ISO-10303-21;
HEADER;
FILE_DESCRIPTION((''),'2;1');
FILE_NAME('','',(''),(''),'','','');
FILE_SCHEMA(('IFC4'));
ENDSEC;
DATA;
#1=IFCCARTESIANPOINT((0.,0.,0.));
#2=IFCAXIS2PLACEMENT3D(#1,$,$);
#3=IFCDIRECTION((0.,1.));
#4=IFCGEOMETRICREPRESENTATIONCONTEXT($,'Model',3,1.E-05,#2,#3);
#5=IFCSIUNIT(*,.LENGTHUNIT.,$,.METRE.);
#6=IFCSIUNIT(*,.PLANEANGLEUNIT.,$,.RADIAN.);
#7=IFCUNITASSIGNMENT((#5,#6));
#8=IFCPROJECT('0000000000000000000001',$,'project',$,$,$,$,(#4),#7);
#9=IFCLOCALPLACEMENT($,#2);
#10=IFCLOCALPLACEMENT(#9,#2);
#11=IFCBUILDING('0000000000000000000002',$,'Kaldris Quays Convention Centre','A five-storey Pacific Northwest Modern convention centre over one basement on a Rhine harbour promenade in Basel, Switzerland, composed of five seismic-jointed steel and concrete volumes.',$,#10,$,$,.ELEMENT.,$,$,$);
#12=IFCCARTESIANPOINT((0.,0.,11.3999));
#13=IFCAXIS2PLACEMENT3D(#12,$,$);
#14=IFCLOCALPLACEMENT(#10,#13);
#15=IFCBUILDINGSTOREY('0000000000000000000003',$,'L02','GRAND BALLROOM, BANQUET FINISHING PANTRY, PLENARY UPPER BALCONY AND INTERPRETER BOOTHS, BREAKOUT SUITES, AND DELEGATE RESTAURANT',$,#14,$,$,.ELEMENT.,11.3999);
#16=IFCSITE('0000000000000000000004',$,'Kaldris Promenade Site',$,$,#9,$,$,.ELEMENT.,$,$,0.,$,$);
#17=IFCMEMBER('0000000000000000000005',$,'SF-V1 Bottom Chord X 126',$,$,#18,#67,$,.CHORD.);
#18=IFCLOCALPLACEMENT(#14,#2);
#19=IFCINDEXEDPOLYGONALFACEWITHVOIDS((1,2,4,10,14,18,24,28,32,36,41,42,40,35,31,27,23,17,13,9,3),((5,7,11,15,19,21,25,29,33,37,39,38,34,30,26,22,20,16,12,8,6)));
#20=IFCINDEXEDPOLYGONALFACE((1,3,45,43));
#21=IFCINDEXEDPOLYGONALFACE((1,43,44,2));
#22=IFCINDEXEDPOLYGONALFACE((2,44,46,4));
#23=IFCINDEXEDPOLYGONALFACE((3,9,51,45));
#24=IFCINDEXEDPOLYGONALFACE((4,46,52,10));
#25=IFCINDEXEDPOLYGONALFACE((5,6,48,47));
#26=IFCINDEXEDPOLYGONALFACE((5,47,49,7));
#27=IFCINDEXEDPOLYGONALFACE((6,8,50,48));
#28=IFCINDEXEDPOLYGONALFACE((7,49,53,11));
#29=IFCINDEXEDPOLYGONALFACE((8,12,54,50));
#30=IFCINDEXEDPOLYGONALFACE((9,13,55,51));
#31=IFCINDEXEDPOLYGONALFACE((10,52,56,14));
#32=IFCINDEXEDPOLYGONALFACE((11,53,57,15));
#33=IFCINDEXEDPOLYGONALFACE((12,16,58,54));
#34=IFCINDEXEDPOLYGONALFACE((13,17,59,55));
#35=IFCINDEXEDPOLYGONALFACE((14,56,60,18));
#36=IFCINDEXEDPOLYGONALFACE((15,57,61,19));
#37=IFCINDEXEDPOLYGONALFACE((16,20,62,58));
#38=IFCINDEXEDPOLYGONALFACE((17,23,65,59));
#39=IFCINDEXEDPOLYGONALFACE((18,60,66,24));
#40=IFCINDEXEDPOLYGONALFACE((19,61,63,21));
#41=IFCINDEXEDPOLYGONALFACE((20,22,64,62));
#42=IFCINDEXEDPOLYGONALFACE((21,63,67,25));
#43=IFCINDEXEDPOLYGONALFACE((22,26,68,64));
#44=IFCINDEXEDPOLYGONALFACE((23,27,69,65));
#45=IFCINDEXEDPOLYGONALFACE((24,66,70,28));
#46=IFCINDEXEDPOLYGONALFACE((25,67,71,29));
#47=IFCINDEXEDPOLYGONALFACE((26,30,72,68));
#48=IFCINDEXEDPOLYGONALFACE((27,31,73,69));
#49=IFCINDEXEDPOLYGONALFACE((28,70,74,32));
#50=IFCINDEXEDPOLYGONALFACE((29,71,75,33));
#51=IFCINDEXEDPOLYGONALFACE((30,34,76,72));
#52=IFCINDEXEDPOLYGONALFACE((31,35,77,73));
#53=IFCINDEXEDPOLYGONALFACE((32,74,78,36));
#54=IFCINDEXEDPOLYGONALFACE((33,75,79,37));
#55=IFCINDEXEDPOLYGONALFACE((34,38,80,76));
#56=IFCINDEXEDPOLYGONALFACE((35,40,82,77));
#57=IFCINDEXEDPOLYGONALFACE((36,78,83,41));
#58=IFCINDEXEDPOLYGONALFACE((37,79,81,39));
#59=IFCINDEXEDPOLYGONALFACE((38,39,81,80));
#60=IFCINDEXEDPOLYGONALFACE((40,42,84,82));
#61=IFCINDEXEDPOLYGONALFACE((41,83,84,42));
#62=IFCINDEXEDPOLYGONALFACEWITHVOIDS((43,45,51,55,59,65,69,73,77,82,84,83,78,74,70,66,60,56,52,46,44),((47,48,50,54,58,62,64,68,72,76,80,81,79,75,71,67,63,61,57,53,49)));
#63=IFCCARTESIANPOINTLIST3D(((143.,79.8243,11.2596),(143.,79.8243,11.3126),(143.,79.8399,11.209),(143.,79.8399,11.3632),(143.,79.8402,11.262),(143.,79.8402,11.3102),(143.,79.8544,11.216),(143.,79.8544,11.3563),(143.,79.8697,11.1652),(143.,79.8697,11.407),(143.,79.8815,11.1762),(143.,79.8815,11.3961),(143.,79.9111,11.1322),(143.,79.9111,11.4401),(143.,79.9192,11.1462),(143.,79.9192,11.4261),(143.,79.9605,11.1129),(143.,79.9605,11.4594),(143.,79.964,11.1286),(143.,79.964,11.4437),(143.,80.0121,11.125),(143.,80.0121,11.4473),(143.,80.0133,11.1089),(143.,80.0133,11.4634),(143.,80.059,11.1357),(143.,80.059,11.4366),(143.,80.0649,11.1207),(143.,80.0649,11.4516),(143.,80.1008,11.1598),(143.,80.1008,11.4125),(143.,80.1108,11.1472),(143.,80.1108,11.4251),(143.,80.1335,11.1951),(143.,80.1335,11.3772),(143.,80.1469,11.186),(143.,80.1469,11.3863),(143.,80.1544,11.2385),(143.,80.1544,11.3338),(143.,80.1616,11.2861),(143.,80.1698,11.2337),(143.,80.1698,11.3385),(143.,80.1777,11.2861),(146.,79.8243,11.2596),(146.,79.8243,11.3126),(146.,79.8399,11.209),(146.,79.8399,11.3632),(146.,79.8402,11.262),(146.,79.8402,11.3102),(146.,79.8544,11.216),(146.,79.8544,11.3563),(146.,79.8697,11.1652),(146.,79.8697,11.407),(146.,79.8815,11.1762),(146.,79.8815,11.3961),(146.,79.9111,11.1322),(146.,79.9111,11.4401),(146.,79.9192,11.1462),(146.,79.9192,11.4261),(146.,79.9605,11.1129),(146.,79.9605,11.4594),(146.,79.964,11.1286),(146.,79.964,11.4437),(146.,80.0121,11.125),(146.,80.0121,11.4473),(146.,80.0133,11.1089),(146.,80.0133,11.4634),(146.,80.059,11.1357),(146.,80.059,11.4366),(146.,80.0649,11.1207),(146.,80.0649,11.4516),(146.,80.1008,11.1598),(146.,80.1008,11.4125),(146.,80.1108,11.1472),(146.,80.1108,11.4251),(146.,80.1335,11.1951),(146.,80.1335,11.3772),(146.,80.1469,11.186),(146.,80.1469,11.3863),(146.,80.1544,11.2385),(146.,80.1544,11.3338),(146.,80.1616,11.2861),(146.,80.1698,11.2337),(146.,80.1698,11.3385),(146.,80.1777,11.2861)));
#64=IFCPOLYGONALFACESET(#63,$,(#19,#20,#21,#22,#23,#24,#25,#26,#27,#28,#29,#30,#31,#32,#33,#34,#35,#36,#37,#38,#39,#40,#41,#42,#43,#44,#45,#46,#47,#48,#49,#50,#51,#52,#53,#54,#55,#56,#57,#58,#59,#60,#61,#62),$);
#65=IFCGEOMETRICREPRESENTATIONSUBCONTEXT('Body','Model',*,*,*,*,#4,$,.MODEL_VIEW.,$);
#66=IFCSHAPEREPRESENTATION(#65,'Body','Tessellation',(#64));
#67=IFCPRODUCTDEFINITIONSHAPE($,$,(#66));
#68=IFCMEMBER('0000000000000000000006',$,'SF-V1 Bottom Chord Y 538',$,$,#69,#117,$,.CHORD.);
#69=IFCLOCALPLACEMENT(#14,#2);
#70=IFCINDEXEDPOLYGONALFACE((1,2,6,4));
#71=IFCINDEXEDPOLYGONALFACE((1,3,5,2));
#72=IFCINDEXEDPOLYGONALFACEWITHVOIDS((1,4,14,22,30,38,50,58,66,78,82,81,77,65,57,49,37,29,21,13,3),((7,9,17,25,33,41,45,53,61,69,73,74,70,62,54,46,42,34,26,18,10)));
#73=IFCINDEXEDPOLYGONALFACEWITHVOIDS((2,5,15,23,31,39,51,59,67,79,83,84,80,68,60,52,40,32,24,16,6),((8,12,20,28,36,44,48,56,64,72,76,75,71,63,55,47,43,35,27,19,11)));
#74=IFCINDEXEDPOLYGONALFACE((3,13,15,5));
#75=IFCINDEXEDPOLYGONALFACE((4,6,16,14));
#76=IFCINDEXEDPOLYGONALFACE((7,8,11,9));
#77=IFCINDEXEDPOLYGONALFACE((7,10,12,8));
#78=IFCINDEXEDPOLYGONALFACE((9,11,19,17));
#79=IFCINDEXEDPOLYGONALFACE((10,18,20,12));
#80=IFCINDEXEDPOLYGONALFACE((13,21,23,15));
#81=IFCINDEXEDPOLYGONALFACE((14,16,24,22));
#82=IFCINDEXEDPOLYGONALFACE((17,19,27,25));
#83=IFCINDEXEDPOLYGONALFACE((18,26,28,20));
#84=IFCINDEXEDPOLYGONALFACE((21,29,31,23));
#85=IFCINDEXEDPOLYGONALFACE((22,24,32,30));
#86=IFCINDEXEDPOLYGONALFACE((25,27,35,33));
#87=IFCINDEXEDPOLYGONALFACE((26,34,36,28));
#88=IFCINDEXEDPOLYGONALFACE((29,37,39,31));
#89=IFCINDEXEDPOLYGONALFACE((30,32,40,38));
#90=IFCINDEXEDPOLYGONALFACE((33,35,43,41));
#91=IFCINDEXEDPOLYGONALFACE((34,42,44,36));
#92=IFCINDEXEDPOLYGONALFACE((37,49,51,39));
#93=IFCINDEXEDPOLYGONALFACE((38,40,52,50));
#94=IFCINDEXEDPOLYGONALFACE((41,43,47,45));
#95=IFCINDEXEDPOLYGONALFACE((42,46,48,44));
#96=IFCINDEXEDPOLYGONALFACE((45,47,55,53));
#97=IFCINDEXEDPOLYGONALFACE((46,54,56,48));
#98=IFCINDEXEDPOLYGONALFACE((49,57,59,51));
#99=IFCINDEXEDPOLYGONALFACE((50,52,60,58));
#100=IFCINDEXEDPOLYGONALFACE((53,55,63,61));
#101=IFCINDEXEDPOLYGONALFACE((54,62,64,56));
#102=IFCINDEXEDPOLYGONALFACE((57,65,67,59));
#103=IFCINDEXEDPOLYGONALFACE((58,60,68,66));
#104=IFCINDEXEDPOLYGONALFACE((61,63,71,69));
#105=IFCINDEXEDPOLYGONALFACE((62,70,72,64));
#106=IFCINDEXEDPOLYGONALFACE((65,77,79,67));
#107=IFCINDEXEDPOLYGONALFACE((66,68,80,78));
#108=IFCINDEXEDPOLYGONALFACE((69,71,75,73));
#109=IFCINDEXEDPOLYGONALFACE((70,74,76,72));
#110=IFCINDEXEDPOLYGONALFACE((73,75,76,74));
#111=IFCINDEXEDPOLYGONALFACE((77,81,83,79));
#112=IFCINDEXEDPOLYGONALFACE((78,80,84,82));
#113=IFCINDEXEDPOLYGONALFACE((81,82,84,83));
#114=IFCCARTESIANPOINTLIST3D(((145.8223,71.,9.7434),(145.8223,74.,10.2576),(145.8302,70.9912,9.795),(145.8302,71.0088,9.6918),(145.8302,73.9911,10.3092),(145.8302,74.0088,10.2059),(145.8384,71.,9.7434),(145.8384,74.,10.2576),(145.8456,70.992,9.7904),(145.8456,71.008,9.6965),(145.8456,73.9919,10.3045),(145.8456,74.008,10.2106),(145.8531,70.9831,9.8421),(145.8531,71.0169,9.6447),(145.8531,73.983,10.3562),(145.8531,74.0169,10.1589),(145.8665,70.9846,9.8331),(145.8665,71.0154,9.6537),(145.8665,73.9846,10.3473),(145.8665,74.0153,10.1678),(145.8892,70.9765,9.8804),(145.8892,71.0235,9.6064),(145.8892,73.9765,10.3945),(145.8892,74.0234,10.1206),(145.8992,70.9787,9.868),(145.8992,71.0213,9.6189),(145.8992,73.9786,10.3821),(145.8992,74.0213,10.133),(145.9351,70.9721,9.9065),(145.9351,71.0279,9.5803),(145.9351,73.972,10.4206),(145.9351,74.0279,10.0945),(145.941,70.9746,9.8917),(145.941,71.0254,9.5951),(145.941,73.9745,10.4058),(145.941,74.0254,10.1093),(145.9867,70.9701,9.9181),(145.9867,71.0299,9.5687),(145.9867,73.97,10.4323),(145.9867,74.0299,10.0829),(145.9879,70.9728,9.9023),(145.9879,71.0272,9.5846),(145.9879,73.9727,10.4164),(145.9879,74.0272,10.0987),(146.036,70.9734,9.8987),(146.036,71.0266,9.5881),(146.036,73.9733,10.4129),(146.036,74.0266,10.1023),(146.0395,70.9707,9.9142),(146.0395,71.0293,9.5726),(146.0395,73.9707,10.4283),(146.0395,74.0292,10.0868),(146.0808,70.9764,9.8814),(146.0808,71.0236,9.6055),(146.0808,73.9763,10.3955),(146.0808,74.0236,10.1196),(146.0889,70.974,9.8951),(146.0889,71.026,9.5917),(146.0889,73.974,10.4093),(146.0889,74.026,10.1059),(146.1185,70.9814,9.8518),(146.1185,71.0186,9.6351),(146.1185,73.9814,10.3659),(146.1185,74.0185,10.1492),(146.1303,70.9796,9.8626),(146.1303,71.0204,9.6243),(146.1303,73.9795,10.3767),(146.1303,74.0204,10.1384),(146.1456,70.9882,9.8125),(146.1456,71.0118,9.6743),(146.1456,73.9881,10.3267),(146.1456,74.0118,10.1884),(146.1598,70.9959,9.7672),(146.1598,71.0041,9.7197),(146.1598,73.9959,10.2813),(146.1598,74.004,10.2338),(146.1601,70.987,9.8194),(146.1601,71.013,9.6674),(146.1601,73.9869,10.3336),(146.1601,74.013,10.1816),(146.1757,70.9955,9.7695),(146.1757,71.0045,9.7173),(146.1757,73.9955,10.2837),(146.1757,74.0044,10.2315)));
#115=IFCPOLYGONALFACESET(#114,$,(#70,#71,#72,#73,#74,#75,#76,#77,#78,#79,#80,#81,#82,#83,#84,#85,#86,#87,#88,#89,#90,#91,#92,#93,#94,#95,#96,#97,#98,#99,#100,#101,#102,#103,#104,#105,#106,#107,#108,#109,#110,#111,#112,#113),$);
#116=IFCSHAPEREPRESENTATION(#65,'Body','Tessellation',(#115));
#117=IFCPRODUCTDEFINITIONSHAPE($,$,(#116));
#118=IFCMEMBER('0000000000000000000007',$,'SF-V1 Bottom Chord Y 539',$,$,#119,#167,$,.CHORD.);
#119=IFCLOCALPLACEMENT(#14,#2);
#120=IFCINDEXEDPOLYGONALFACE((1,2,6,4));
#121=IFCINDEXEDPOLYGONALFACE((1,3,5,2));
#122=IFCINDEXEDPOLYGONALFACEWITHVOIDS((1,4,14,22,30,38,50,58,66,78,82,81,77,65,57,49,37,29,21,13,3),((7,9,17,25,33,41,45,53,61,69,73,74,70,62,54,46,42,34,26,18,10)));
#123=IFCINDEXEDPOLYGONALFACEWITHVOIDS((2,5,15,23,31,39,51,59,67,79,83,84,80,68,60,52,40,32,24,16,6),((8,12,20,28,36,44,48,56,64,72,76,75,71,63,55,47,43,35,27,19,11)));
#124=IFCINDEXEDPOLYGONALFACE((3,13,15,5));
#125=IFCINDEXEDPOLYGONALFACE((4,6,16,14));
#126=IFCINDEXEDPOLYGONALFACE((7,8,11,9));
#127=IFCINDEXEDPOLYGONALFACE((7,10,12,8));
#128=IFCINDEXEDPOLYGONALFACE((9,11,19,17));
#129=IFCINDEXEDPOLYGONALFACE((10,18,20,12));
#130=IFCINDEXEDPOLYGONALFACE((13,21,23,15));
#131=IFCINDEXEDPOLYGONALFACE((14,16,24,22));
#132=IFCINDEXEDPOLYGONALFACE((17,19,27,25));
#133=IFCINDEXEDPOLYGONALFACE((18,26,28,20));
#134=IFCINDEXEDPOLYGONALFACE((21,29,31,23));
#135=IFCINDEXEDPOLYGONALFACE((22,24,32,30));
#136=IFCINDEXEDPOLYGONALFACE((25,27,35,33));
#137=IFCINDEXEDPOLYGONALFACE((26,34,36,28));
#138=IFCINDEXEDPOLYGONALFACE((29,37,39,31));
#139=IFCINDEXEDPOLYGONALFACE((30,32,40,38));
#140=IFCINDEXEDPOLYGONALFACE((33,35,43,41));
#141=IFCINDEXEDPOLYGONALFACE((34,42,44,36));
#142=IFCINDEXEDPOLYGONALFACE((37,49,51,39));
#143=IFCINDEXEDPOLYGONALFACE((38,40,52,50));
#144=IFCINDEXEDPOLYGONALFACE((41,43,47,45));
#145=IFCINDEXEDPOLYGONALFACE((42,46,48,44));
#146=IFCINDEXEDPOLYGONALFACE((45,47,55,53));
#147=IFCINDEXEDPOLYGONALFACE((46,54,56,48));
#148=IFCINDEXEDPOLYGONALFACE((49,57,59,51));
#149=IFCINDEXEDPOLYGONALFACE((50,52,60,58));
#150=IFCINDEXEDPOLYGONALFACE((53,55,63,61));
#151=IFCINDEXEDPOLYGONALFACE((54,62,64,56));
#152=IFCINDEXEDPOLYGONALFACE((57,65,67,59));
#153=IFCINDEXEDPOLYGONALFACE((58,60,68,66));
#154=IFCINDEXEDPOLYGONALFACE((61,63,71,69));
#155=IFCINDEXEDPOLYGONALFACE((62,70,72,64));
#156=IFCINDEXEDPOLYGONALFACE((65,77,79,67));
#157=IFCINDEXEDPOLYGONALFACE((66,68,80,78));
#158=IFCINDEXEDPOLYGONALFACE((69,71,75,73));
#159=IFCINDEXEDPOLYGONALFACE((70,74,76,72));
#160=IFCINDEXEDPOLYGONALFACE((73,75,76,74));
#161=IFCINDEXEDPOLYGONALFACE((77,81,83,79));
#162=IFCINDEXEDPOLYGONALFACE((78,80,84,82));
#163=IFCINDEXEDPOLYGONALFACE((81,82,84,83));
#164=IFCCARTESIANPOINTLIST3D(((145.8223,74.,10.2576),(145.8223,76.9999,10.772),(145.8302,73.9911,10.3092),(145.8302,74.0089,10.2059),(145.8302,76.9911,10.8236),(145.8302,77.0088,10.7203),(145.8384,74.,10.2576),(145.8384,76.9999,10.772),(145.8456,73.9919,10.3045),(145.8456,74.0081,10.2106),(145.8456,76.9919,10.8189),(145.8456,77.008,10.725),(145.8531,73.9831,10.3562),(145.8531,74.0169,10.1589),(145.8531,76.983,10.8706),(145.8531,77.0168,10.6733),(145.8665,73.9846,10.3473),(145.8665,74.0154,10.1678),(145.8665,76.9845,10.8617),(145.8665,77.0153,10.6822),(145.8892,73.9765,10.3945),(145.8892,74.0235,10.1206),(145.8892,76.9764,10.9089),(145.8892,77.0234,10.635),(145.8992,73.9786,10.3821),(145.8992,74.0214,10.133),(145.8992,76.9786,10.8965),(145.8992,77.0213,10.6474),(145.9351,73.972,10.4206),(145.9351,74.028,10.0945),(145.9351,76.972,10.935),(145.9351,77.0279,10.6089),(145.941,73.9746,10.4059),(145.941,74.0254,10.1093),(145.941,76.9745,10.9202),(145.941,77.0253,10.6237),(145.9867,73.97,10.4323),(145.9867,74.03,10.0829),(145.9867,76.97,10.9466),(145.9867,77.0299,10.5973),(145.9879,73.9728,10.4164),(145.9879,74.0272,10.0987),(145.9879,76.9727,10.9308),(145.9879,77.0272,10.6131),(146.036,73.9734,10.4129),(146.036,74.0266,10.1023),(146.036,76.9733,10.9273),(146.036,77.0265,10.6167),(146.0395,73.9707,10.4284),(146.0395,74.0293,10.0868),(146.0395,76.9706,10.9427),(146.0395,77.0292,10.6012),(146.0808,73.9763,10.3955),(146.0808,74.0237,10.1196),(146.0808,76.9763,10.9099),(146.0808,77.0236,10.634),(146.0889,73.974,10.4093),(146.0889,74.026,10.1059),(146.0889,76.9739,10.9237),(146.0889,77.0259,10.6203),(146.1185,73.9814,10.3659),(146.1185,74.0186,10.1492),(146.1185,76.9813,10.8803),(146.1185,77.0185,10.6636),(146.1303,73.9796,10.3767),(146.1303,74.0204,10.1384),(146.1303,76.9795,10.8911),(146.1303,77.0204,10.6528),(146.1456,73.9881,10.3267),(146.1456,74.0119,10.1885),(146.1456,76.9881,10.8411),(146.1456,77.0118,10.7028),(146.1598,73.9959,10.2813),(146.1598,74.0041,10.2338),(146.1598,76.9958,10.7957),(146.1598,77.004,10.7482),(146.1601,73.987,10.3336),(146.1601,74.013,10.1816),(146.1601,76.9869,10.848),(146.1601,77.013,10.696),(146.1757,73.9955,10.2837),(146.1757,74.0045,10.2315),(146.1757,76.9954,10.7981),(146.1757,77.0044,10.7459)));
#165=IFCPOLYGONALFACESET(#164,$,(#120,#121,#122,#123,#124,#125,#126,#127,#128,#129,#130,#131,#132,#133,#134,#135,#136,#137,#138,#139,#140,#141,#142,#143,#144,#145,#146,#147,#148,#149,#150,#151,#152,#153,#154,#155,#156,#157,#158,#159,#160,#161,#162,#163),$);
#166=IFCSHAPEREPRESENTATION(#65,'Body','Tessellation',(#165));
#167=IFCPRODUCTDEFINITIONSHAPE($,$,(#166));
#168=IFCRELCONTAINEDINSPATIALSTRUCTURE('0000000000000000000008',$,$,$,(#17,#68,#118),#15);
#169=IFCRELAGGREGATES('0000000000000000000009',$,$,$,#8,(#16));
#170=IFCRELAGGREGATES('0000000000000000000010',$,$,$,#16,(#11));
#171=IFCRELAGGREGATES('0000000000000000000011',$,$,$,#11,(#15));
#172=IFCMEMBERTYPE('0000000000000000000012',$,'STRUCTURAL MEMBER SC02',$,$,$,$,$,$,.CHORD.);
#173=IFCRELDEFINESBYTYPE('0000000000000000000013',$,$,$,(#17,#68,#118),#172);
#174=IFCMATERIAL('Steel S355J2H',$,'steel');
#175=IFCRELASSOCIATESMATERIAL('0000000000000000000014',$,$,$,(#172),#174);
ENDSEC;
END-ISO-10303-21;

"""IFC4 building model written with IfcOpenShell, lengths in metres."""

from ifc_helpers import new_model, si_unit, direction, frame, origin, origin_2d, place, context, subcontext, project, spatial, hollow_circle, extrude, material, material_profile, profile_set, type_object, element, save


model = new_model("IFC4")

# Units and contexts
model_context = context("Model", 3, precision=1e-05, world=origin(), true_north=direction((0.0, 1.0)))
body_context = subcontext(model_context, "Body", "Model", "MODEL_VIEW")
ifc_project = project(units=[si_unit("LENGTHUNIT", "METRE"), si_unit("PLANEANGLEUNIT", "RADIAN")], contexts=[model_context])

# Site, building, storey
site_placement = place(None, origin())
site = spatial("IfcSite", under=ifc_project, at=site_placement, Name="Kaldris Promenade Site", CompositionType="ELEMENT", RefElevation=0.0)
building_placement = place(site_placement, origin())
building = spatial("IfcBuilding", under=site, at=building_placement, Name="Kaldris Quays Convention Centre", Description="A five-storey Pacific Northwest Modern convention centre over one basement on a Rhine harbour promenade in Basel, Switzerland, composed of five seismic-jointed steel and concrete volumes.", CompositionType="ELEMENT")
storey_placement = place(building_placement, frame((0.0, 0.0, 11.3999)))
storey = spatial("IfcBuildingStorey", under=building, at=storey_placement, Name="L02", Description="GRAND BALLROOM, BANQUET FINISHING PANTRY, PLENARY UPPER BALCONY AND INTERPRETER BOOTHS, BREAKOUT SUITES, AND DELEGATE RESTAURANT", CompositionType="ELEMENT", Elevation=11.3999)

# Members
ifc_material_1 = material(Name="Steel S355J2H", Category="steel")
ifc_material_profile_1 = material_profile(ifc_material_1, hollow_circle(Radius=0.1777, WallThickness=0.0161, at=origin_2d()), Name="CHS 355.6x16")
ifc_profile_set_1 = profile_set([ifc_material_profile_1], Name="Steel S355J2H")
member_type_1 = type_object("IfcMemberType", Name="STRUCTURAL MEMBER SC02", PredefinedType="CHORD", material=ifc_profile_set_1)
for number, where, z_axis, x_axis, name in (
    (1, (143.0, 80.0, 11.2861), (1.0, 0.0, 0.0), (0.0, 1.0, 0.0), "SF-V1 Bottom Chord X 126"),
):
    element("IfcMember", number, at=place(storey_placement, frame(where, z_axis=z_axis, x_axis=x_axis)), inside=storey, type_object=member_type_1, Name=name, PredefinedType="CHORD", context=body_context, shape_type="SweptSolid", body=[
        extrude(hollow_circle(Radius=0.1777, WallThickness=0.0161, at=origin_2d()), origin(), (0.0, 0.0, 1.0), 3.0),
    ])
for number, where, z_axis, x_axis, name in (
    (2, (146.0, 71.0, 9.7434), (0.0, 0.985629, 0.168924), (-1.0, 0.0, 0.0), "SF-V1 Bottom Chord Y 538"),
    (3, (146.0, 74.0, 10.2576), (0.0, 0.985616, 0.169002), (-1.0, 0.0, 0.0), "SF-V1 Bottom Chord Y 539"),
):
    element("IfcMember", number, at=place(storey_placement, frame(where, z_axis=z_axis, x_axis=x_axis)), inside=storey, type_object=member_type_1, Name=name, PredefinedType="CHORD", context=body_context, shape_type="SweptSolid", body=[
        extrude(hollow_circle(Radius=0.1777, WallThickness=0.0161, at=origin_2d()), origin(), (0.0, 0.0, 1.0), 3.0437),
    ])

save(model, "model.ifc")
